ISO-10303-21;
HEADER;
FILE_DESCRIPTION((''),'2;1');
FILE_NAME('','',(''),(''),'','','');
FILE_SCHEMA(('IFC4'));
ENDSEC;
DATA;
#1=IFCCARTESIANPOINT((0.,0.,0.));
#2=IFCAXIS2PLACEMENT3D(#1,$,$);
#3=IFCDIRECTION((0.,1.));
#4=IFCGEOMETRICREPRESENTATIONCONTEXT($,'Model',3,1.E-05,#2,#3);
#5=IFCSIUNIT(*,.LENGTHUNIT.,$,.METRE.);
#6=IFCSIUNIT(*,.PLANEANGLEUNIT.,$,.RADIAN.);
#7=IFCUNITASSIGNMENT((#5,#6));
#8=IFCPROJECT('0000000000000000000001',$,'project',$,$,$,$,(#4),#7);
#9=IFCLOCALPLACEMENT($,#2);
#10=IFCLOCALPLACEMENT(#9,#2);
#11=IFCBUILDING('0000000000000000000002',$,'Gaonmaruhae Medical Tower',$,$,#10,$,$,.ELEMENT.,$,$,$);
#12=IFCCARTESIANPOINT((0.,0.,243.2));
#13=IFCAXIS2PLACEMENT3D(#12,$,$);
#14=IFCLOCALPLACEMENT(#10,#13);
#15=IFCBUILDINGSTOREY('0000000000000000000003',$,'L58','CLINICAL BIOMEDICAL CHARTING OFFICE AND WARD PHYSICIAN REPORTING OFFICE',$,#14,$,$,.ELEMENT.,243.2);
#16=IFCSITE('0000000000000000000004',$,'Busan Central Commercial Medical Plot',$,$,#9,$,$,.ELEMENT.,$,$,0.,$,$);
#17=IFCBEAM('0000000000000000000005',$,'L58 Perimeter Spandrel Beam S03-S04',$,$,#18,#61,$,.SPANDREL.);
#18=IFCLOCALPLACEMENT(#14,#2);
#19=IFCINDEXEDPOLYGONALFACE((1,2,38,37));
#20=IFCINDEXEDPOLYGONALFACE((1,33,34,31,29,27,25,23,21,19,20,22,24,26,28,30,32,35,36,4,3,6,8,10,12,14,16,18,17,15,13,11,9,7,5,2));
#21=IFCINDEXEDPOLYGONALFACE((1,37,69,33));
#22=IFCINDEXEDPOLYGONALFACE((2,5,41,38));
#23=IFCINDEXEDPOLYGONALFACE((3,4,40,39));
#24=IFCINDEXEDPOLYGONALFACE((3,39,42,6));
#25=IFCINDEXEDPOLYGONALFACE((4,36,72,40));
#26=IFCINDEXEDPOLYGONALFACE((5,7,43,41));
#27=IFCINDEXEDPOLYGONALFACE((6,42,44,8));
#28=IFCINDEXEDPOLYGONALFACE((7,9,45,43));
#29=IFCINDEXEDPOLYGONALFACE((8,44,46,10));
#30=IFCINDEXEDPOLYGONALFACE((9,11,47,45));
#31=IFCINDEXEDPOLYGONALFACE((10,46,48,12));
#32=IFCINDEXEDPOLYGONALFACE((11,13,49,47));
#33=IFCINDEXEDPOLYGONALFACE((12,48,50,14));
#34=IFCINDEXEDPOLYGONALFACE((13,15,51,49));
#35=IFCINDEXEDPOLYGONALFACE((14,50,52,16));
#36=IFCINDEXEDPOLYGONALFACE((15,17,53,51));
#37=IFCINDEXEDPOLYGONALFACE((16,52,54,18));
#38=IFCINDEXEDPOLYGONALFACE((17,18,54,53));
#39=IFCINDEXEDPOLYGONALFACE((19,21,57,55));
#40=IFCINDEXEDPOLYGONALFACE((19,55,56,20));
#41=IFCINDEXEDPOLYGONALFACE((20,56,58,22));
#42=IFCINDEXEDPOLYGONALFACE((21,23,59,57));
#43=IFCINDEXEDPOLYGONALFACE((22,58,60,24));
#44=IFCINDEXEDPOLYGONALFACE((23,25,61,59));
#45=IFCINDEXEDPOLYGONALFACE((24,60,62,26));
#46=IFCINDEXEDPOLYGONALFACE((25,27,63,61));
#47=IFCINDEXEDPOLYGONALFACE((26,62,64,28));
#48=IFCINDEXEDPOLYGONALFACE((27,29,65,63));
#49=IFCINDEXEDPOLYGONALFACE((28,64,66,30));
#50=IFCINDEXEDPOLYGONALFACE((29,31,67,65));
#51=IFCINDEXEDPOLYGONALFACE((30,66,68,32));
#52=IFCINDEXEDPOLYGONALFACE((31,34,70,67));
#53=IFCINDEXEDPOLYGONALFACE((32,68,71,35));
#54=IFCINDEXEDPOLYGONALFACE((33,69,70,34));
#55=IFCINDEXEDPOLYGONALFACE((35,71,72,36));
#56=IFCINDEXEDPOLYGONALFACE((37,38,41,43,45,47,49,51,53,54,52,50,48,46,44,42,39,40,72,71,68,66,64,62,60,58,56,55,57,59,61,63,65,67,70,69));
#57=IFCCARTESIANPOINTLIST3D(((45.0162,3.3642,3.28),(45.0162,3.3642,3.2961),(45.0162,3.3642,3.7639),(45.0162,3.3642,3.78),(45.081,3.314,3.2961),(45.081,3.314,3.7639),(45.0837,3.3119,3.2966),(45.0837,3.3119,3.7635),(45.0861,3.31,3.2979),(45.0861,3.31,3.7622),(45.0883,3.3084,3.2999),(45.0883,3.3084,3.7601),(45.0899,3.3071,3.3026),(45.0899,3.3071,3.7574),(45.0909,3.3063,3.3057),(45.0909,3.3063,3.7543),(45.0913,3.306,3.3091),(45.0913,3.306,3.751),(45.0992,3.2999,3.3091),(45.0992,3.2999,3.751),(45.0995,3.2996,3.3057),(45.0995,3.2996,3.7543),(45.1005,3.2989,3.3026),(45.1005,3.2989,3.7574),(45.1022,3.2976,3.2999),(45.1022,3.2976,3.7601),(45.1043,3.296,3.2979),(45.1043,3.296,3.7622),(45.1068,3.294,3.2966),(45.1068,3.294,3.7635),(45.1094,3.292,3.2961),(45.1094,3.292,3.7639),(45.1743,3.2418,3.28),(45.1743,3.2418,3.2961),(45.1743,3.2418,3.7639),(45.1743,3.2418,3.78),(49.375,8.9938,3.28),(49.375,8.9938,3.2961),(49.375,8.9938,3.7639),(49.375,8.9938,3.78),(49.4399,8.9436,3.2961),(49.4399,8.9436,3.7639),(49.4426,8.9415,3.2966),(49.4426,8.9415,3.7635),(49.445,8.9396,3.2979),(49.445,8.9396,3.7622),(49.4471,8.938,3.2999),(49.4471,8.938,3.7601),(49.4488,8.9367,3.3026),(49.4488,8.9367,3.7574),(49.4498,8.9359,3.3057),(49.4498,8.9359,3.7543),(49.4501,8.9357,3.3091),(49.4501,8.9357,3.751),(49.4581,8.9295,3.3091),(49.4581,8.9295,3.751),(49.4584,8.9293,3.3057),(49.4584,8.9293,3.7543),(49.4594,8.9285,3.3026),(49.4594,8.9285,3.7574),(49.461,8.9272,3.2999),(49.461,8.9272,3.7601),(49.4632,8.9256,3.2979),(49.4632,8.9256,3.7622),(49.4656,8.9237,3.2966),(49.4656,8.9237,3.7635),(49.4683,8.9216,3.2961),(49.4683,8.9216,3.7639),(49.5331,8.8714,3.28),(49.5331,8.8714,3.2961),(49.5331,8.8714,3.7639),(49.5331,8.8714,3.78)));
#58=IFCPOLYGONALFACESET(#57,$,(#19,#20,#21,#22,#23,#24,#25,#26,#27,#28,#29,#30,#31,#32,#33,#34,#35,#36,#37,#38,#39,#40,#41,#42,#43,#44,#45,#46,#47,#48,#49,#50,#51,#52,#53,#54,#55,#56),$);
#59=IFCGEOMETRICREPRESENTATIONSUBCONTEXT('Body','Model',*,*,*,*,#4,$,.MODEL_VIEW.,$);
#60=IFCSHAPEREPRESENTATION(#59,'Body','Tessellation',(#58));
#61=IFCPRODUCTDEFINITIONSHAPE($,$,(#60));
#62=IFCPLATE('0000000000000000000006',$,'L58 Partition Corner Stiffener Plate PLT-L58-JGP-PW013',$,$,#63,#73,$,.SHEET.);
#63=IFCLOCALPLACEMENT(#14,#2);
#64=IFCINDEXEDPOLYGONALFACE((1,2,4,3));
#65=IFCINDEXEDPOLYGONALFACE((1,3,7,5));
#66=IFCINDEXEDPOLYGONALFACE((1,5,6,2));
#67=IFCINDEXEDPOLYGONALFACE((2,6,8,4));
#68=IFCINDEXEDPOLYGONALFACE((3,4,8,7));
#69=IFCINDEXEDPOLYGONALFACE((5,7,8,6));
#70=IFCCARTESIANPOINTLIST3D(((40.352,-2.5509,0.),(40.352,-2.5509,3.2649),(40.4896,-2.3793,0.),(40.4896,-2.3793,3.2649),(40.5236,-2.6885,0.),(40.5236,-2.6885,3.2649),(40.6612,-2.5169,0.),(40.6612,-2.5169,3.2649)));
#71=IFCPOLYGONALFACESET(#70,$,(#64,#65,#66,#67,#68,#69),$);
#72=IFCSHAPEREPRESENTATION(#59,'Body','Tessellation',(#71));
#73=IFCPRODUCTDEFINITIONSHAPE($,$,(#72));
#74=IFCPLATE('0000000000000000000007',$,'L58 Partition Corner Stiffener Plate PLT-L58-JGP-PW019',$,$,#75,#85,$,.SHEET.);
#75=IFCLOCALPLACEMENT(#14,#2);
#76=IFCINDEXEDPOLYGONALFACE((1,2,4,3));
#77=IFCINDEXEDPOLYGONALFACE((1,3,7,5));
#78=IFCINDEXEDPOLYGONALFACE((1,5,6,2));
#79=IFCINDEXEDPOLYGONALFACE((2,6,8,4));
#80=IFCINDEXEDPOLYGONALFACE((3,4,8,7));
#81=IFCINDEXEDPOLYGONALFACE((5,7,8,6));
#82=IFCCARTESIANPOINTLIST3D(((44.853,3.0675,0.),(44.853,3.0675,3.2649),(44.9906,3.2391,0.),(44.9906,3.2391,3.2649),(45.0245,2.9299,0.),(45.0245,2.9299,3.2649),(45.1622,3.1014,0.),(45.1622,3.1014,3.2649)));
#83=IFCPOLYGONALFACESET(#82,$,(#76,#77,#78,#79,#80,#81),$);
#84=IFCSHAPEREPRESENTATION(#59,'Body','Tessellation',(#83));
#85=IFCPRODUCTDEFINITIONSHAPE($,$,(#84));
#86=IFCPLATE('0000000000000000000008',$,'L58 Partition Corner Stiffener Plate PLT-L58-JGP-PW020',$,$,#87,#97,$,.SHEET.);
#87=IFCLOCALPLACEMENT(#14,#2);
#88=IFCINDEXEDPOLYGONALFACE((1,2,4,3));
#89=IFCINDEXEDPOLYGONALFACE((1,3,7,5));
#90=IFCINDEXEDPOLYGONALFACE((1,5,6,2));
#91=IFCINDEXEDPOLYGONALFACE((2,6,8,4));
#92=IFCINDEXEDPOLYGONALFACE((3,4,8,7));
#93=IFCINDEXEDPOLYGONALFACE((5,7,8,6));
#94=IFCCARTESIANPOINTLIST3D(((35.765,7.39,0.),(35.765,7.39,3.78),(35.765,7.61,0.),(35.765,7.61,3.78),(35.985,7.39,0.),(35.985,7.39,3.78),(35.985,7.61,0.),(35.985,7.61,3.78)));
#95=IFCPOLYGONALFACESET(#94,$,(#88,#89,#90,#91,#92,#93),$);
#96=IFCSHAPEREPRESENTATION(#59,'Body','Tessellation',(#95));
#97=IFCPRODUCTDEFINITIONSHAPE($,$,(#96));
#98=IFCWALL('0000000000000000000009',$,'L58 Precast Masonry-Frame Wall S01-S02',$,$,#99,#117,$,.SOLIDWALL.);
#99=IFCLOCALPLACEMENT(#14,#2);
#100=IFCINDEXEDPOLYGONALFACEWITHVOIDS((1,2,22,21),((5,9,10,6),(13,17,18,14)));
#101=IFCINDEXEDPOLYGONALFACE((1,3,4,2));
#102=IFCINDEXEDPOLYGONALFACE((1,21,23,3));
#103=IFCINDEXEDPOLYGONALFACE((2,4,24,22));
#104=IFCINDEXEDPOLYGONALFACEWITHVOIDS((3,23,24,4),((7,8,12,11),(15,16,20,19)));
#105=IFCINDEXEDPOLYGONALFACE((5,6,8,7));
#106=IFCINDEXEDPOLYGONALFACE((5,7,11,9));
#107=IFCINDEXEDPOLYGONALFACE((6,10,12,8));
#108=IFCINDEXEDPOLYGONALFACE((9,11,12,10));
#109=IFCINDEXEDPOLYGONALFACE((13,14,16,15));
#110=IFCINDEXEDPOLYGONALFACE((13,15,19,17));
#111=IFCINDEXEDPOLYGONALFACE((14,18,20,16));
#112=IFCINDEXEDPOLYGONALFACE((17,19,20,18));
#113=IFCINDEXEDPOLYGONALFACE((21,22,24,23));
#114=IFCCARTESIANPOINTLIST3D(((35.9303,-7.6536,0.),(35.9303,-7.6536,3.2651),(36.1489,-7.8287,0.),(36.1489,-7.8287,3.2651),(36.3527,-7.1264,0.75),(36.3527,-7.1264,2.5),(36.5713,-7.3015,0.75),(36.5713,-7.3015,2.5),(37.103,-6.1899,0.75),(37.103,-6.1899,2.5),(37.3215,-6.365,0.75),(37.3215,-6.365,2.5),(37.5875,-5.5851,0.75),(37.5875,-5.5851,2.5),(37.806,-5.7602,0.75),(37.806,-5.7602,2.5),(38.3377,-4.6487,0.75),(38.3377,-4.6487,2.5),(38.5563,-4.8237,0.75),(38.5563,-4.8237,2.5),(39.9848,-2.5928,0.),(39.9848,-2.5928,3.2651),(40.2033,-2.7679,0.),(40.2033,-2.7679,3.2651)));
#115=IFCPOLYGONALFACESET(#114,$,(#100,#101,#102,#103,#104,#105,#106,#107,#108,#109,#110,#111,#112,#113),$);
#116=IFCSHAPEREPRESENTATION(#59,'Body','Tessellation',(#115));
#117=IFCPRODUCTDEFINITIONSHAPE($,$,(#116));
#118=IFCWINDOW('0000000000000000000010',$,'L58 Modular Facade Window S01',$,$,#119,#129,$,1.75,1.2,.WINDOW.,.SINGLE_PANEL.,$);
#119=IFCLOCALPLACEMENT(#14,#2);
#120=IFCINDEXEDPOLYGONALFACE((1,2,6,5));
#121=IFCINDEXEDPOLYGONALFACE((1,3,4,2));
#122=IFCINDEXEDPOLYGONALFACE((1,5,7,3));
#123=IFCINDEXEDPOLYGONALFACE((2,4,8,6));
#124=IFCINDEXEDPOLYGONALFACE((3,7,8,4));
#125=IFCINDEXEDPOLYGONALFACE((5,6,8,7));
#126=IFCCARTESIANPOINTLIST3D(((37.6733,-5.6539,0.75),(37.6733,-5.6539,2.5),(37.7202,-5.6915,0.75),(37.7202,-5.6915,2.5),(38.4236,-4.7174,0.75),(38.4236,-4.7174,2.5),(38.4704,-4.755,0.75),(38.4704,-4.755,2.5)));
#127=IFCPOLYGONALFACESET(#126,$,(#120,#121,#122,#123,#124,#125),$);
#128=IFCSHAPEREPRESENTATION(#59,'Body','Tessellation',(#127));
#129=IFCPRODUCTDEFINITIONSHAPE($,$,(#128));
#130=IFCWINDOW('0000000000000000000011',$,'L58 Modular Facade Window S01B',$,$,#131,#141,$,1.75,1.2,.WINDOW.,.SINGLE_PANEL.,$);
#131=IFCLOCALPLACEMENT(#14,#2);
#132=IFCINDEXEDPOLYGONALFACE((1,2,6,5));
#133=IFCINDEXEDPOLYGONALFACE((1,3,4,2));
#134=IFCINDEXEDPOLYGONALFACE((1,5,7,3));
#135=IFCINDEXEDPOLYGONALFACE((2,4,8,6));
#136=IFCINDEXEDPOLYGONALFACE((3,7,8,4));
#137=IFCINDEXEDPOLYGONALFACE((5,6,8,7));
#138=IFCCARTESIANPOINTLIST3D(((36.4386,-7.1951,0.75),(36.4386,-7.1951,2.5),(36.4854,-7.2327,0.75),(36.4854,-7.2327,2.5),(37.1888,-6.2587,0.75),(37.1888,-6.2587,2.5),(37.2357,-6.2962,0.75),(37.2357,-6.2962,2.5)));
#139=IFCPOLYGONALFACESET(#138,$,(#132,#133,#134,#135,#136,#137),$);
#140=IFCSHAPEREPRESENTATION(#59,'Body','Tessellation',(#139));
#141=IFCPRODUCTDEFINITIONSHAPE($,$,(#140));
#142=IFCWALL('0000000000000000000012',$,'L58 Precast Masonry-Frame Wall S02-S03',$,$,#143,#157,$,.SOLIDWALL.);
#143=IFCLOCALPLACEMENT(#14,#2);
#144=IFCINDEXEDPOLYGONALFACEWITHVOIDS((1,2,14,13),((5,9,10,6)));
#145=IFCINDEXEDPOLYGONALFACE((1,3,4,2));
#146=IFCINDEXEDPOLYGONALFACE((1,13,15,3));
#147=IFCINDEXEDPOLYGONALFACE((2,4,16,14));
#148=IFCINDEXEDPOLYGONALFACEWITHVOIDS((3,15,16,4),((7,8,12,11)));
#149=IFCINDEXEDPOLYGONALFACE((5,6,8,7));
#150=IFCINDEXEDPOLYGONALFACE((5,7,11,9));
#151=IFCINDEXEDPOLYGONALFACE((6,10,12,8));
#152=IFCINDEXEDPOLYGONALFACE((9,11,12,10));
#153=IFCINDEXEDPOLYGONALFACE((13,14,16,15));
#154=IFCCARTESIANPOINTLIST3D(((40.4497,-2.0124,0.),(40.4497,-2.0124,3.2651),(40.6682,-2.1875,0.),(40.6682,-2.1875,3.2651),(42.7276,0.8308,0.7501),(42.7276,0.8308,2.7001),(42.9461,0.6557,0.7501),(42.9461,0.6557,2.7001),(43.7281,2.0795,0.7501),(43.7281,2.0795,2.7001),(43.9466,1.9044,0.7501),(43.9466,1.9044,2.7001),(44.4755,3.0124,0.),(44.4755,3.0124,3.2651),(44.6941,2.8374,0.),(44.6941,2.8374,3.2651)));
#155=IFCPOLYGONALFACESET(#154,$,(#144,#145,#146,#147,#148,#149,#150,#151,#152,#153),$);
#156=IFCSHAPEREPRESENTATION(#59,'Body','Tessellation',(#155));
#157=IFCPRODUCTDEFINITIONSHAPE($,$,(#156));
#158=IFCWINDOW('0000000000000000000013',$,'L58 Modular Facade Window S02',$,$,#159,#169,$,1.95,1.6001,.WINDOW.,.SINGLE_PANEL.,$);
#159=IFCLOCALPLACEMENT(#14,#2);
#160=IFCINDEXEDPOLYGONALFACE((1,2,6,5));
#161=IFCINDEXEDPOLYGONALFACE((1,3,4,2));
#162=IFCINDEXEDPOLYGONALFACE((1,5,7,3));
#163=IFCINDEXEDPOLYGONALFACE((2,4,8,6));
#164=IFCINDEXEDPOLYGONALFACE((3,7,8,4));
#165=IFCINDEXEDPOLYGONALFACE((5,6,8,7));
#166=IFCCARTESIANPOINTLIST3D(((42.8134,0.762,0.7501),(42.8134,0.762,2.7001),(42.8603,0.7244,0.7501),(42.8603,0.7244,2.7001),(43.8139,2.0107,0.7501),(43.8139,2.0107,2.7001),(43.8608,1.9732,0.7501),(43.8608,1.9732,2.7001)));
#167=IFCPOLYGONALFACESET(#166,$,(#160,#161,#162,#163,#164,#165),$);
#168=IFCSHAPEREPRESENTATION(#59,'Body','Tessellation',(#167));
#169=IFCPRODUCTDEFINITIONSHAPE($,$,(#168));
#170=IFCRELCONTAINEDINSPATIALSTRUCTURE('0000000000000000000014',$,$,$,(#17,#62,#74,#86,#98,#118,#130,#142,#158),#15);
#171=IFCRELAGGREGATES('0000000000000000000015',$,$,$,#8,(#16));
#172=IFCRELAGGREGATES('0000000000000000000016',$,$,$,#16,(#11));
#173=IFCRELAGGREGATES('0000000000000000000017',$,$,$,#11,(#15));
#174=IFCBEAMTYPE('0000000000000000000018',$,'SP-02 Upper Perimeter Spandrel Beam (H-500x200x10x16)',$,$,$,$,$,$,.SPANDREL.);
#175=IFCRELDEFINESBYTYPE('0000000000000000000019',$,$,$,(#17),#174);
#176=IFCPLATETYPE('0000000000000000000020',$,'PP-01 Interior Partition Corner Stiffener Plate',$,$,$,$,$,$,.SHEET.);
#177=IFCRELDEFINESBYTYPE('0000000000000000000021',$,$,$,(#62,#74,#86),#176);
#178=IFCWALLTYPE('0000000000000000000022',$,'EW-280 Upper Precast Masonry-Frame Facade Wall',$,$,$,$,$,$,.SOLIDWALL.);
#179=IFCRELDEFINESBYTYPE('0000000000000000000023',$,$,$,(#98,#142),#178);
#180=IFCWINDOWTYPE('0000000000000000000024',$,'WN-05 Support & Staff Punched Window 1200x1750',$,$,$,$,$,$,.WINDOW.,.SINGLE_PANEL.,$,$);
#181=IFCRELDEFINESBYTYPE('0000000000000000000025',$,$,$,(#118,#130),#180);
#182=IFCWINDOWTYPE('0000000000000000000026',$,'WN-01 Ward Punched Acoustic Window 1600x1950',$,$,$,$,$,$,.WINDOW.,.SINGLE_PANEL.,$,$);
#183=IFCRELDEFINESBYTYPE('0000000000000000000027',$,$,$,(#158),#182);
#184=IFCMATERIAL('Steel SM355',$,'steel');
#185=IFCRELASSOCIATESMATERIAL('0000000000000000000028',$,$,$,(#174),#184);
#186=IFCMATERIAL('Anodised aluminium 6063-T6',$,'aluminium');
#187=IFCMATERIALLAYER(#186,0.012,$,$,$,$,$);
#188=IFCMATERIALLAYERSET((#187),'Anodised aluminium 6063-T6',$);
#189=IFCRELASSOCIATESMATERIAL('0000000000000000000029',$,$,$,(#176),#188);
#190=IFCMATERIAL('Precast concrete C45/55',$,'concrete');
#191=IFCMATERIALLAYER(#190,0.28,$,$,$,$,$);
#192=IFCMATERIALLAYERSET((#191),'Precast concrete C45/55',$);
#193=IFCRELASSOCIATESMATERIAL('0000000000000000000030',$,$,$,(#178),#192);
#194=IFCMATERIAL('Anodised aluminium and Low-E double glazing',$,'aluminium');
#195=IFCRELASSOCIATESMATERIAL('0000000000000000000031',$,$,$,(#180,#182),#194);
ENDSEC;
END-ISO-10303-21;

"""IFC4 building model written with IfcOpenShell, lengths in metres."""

from ifc_helpers import new_model, si_unit, direction, frame, frame_2d, origin, origin_2d, place, context, subcontext, project, spatial, rectangle, i_section, extrude, material, layer, layer_set, material_profile, profile_set, type_object, element, fill, save


model = new_model("IFC4")

# Units and contexts
model_context = context("Model", 3, precision=1e-05, world=origin(), true_north=direction((0.0, 1.0)))
body_context = subcontext(model_context, "Body", "Model", "MODEL_VIEW")
ifc_project = project(units=[si_unit("LENGTHUNIT", "METRE"), si_unit("PLANEANGLEUNIT", "RADIAN")], contexts=[model_context])

# Site, building, storey
site_placement = place(None, origin())
site = spatial("IfcSite", under=ifc_project, at=site_placement, Name="Busan Central Commercial Medical Plot", CompositionType="ELEMENT", RefElevation=0.0)
building_placement = place(site_placement, origin())
building = spatial("IfcBuilding", under=site, at=building_placement, Name="Gaonmaruhae Medical Tower", CompositionType="ELEMENT")
storey_placement = place(building_placement, frame((0.0, 0.0, 243.2)))
storey = spatial("IfcBuildingStorey", under=building, at=storey_placement, Name="L58", Description="CLINICAL BIOMEDICAL CHARTING OFFICE AND WARD PHYSICIAN REPORTING OFFICE", CompositionType="ELEMENT", Elevation=243.2)

# Beam
ifc_material_1 = material(Name="Steel SM355", Category="steel")
ifc_material_profile_1 = material_profile(ifc_material_1, i_section(OverallWidth=0.2, OverallDepth=0.5, WebThickness=0.01, FlangeThickness=0.0161, FilletRadius=0.0129, at=origin_2d()), Name="H-500x200x10x16")
ifc_profile_set_1 = profile_set([ifc_material_profile_1], Name="Steel SM355")
beam_type_1 = type_object("IfcBeamType", Name="SP-02 Upper Perimeter Spandrel Beam (H-500x200x10x16)", PredefinedType="SPANDREL", material=ifc_profile_set_1)
beam_1_placement = place(storey_placement, frame((45.0952, 3.303, 3.53), z_axis=(0.612213, 0.790693, 0.0), x_axis=(-0.790693, 0.612213, 0.0)))
element("IfcBeam", 1, at=beam_1_placement, inside=storey, type_object=beam_type_1, Name="L58 Perimeter Spandrel Beam S03-S04", PredefinedType="SPANDREL", context=body_context, shape_type="SweptSolid", body=[
    extrude(i_section(OverallWidth=0.2, OverallDepth=0.5, WebThickness=0.01, FlangeThickness=0.0161, FilletRadius=0.0129, at=origin_2d()), origin(), (0.0, 0.0, 1.0), 7.1199),
])

# Plates
ifc_material_2 = material(Name="Anodised aluminium 6063-T6", Category="aluminium")
ifc_layer_1 = layer(ifc_material_2, 0.012)
ifc_layer_set_1 = layer_set([ifc_layer_1], Name="Anodised aluminium 6063-T6")
plate_type = type_object("IfcPlateType", Name="PP-01 Interior Partition Corner Stiffener Plate", PredefinedType="SHEET", material=ifc_layer_set_1)
for number, where, z_axis, x_axis, name in (
    (2, (40.5066, -2.5339, 0.0), (0.0, 0.0, 1.0), (-0.625515, -0.780212, 0.0), "L58 Partition Corner Stiffener Plate PLT-L58-JGP-PW013"),
    (3, (45.0076, 3.0845, 0.0), (0.0, 0.0, 1.0), (-0.625787, -0.779994, 0.0), "L58 Partition Corner Stiffener Plate PLT-L58-JGP-PW019"),
):
    element("IfcPlate", number, at=place(storey_placement, frame(where, z_axis=z_axis, x_axis=x_axis)), inside=storey, type_object=plate_type, Name=name, PredefinedType="SHEET", context=body_context, shape_type="SweptSolid", body=[
        extrude(rectangle(XDim=0.22, YDim=0.22, at=origin_2d()), origin(), (0.0, 0.0, 1.0), 3.2649),
    ])
plate_placement = place(storey_placement, frame((35.875, 7.5, 0.0), z_axis=(0.0, 0.0, 1.0), x_axis=(1.0, 0.0, 0.0)))
element("IfcPlate", 4, at=plate_placement, inside=storey, type_object=plate_type, Name="L58 Partition Corner Stiffener Plate PLT-L58-JGP-PW020", PredefinedType="SHEET", context=body_context, shape_type="SweptSolid", body=[
    extrude(rectangle(XDim=0.22, YDim=0.22, at=origin_2d()), origin(), (0.0, 0.0, 1.0), 3.78),
])

# Wall, openings, windows
ifc_material_3 = material(Name="Precast concrete C45/55", Category="concrete")
ifc_layer_2 = layer(ifc_material_3, 0.28)
ifc_layer_set_2 = layer_set([ifc_layer_2], Name="Precast concrete C45/55")
wall_type_1 = type_object("IfcWallType", Name="EW-280 Upper Precast Masonry-Frame Facade Wall", PredefinedType="SOLIDWALL", material=ifc_layer_set_2)
wall_1_placement = place(storey_placement, frame((40.094, -2.6804, 0.0), z_axis=(0.0, 0.0, 1.0), x_axis=(-0.625241, -0.780432, 0.0)))
wall_1 = element("IfcWall", 5, at=wall_1_placement, inside=storey, type_object=wall_type_1, Name="L58 Precast Masonry-Frame Wall S01-S02", PredefinedType="SOLIDWALL", context=body_context, shape_type="SweptSolid", body=[
    extrude(rectangle(XDim=6.4846, YDim=0.28, at=frame_2d((3.2422, 0.0))), origin(), (0.0, 0.0, 1.0), 3.2651),
])
opening_1_placement = place(wall_1_placement, frame((2.634, 0.0, 0.75)))
opening_1 = element("IfcOpeningElement", 6, at=opening_1_placement, cuts=wall_1, PredefinedType="OPENING", context=body_context, shape_type="SweptSolid", body=[
    extrude(rectangle(XDim=1.2, YDim=1.75, at=frame_2d((0.6001, 0.875))), frame((0.0, 0.1499, 0.0), z_axis=(0.0, -1.0, 0.0), x_axis=(1.0, 0.0, 0.0)), (0.0, 0.0, 1.0), 0.3),
])
opening_2_placement = place(wall_1_placement, frame((4.6089, 0.0, 0.75)))
opening_2 = element("IfcOpeningElement", 7, at=opening_2_placement, cuts=wall_1, PredefinedType="OPENING", context=body_context, shape_type="SweptSolid", body=[
    extrude(rectangle(XDim=1.2, YDim=1.75, at=frame_2d((0.6001, 0.875))), frame((0.0, 0.1499, 0.0), z_axis=(0.0, -1.0, 0.0), x_axis=(1.0, 0.0, 0.0)), (0.0, 0.0, 1.0), 0.3),
])
ifc_material_4 = material(Name="Anodised aluminium and Low-E double glazing", Category="aluminium")
window_type_1 = type_object("IfcWindowType", Name="WN-05 Support & Staff Punched Window 1200x1750", PartitioningType="SINGLE_PANEL", PredefinedType="WINDOW", material=ifc_material_4)
window_1_placement = place(opening_1_placement, origin())
window_1 = element("IfcWindow", 8, at=window_1_placement, inside=storey, type_object=window_type_1, Name="L58 Modular Facade Window S01", OverallHeight=1.75, OverallWidth=1.2, PartitioningType="SINGLE_PANEL", PredefinedType="WINDOW", context=body_context, shape_type="SweptSolid", body=[
    extrude(rectangle(XDim=1.2, YDim=1.75, at=frame_2d((0.6001, 0.875))), frame((0.0, 0.03, 0.0), z_axis=(0.0, -1.0, 0.0), x_axis=(1.0, 0.0, 0.0)), (0.0, 0.0, 1.0), 0.0601),
])
fill(opening_1, window_1)
window_2_placement = place(opening_2_placement, origin())
window_2 = element("IfcWindow", 9, at=window_2_placement, inside=storey, type_object=window_type_1, Name="L58 Modular Facade Window S01B", OverallHeight=1.75, OverallWidth=1.2, PartitioningType="SINGLE_PANEL", PredefinedType="WINDOW", context=body_context, shape_type="SweptSolid", body=[
    extrude(rectangle(XDim=1.2, YDim=1.75, at=frame_2d((0.6001, 0.875))), frame((0.0, 0.03, 0.0), z_axis=(0.0, -1.0, 0.0), x_axis=(1.0, 0.0, 0.0)), (0.0, 0.0, 1.0), 0.0601),
])
fill(opening_2, window_2)

# Wall, opening, window
wall_2_placement = place(storey_placement, frame((44.5847, 2.9248, 0.0), z_axis=(0.0, 0.0, 1.0), x_axis=(-0.625259, -0.780417, 0.0)))
wall_2 = element("IfcWall", 10, at=wall_2_placement, inside=storey, type_object=wall_type_1, Name="L58 Precast Masonry-Frame Wall S02-S03", PredefinedType="SOLIDWALL", context=body_context, shape_type="SweptSolid", body=[
    extrude(rectangle(XDim=6.4387, YDim=0.28, at=frame_2d((3.2192, 0.0))), origin(), (0.0, 0.0, 1.0), 3.2651),
])
opening_3_placement = place(wall_2_placement, frame((1.1953, 0.0, 0.75)))
opening_3 = element("IfcOpeningElement", 11, at=opening_3_placement, cuts=wall_2, PredefinedType="OPENING", context=body_context, shape_type="SweptSolid", body=[
    extrude(rectangle(XDim=1.6001, YDim=1.95, at=frame_2d((0.8, 0.9751))), frame((0.0, 0.1499, 0.0), z_axis=(0.0, -1.0, 0.0), x_axis=(1.0, 0.0, 0.0)), (0.0, 0.0, 1.0), 0.3),
])
window_type_2 = type_object("IfcWindowType", Name="WN-01 Ward Punched Acoustic Window 1600x1950", PartitioningType="SINGLE_PANEL", PredefinedType="WINDOW", material=ifc_material_4)
window_3_placement = place(opening_3_placement, origin())
window_3 = element("IfcWindow", 12, at=window_3_placement, inside=storey, type_object=window_type_2, Name="L58 Modular Facade Window S02", OverallHeight=1.95, OverallWidth=1.6001, PartitioningType="SINGLE_PANEL", PredefinedType="WINDOW", context=body_context, shape_type="SweptSolid", body=[
    extrude(rectangle(XDim=1.6001, YDim=1.95, at=frame_2d((0.8, 0.9751))), frame((0.0, 0.03, 0.0), z_axis=(0.0, -1.0, 0.0), x_axis=(1.0, 0.0, 0.0)), (0.0, 0.0, 1.0), 0.0601),
])
fill(opening_3, window_3)

save(model, "model.ifc")
